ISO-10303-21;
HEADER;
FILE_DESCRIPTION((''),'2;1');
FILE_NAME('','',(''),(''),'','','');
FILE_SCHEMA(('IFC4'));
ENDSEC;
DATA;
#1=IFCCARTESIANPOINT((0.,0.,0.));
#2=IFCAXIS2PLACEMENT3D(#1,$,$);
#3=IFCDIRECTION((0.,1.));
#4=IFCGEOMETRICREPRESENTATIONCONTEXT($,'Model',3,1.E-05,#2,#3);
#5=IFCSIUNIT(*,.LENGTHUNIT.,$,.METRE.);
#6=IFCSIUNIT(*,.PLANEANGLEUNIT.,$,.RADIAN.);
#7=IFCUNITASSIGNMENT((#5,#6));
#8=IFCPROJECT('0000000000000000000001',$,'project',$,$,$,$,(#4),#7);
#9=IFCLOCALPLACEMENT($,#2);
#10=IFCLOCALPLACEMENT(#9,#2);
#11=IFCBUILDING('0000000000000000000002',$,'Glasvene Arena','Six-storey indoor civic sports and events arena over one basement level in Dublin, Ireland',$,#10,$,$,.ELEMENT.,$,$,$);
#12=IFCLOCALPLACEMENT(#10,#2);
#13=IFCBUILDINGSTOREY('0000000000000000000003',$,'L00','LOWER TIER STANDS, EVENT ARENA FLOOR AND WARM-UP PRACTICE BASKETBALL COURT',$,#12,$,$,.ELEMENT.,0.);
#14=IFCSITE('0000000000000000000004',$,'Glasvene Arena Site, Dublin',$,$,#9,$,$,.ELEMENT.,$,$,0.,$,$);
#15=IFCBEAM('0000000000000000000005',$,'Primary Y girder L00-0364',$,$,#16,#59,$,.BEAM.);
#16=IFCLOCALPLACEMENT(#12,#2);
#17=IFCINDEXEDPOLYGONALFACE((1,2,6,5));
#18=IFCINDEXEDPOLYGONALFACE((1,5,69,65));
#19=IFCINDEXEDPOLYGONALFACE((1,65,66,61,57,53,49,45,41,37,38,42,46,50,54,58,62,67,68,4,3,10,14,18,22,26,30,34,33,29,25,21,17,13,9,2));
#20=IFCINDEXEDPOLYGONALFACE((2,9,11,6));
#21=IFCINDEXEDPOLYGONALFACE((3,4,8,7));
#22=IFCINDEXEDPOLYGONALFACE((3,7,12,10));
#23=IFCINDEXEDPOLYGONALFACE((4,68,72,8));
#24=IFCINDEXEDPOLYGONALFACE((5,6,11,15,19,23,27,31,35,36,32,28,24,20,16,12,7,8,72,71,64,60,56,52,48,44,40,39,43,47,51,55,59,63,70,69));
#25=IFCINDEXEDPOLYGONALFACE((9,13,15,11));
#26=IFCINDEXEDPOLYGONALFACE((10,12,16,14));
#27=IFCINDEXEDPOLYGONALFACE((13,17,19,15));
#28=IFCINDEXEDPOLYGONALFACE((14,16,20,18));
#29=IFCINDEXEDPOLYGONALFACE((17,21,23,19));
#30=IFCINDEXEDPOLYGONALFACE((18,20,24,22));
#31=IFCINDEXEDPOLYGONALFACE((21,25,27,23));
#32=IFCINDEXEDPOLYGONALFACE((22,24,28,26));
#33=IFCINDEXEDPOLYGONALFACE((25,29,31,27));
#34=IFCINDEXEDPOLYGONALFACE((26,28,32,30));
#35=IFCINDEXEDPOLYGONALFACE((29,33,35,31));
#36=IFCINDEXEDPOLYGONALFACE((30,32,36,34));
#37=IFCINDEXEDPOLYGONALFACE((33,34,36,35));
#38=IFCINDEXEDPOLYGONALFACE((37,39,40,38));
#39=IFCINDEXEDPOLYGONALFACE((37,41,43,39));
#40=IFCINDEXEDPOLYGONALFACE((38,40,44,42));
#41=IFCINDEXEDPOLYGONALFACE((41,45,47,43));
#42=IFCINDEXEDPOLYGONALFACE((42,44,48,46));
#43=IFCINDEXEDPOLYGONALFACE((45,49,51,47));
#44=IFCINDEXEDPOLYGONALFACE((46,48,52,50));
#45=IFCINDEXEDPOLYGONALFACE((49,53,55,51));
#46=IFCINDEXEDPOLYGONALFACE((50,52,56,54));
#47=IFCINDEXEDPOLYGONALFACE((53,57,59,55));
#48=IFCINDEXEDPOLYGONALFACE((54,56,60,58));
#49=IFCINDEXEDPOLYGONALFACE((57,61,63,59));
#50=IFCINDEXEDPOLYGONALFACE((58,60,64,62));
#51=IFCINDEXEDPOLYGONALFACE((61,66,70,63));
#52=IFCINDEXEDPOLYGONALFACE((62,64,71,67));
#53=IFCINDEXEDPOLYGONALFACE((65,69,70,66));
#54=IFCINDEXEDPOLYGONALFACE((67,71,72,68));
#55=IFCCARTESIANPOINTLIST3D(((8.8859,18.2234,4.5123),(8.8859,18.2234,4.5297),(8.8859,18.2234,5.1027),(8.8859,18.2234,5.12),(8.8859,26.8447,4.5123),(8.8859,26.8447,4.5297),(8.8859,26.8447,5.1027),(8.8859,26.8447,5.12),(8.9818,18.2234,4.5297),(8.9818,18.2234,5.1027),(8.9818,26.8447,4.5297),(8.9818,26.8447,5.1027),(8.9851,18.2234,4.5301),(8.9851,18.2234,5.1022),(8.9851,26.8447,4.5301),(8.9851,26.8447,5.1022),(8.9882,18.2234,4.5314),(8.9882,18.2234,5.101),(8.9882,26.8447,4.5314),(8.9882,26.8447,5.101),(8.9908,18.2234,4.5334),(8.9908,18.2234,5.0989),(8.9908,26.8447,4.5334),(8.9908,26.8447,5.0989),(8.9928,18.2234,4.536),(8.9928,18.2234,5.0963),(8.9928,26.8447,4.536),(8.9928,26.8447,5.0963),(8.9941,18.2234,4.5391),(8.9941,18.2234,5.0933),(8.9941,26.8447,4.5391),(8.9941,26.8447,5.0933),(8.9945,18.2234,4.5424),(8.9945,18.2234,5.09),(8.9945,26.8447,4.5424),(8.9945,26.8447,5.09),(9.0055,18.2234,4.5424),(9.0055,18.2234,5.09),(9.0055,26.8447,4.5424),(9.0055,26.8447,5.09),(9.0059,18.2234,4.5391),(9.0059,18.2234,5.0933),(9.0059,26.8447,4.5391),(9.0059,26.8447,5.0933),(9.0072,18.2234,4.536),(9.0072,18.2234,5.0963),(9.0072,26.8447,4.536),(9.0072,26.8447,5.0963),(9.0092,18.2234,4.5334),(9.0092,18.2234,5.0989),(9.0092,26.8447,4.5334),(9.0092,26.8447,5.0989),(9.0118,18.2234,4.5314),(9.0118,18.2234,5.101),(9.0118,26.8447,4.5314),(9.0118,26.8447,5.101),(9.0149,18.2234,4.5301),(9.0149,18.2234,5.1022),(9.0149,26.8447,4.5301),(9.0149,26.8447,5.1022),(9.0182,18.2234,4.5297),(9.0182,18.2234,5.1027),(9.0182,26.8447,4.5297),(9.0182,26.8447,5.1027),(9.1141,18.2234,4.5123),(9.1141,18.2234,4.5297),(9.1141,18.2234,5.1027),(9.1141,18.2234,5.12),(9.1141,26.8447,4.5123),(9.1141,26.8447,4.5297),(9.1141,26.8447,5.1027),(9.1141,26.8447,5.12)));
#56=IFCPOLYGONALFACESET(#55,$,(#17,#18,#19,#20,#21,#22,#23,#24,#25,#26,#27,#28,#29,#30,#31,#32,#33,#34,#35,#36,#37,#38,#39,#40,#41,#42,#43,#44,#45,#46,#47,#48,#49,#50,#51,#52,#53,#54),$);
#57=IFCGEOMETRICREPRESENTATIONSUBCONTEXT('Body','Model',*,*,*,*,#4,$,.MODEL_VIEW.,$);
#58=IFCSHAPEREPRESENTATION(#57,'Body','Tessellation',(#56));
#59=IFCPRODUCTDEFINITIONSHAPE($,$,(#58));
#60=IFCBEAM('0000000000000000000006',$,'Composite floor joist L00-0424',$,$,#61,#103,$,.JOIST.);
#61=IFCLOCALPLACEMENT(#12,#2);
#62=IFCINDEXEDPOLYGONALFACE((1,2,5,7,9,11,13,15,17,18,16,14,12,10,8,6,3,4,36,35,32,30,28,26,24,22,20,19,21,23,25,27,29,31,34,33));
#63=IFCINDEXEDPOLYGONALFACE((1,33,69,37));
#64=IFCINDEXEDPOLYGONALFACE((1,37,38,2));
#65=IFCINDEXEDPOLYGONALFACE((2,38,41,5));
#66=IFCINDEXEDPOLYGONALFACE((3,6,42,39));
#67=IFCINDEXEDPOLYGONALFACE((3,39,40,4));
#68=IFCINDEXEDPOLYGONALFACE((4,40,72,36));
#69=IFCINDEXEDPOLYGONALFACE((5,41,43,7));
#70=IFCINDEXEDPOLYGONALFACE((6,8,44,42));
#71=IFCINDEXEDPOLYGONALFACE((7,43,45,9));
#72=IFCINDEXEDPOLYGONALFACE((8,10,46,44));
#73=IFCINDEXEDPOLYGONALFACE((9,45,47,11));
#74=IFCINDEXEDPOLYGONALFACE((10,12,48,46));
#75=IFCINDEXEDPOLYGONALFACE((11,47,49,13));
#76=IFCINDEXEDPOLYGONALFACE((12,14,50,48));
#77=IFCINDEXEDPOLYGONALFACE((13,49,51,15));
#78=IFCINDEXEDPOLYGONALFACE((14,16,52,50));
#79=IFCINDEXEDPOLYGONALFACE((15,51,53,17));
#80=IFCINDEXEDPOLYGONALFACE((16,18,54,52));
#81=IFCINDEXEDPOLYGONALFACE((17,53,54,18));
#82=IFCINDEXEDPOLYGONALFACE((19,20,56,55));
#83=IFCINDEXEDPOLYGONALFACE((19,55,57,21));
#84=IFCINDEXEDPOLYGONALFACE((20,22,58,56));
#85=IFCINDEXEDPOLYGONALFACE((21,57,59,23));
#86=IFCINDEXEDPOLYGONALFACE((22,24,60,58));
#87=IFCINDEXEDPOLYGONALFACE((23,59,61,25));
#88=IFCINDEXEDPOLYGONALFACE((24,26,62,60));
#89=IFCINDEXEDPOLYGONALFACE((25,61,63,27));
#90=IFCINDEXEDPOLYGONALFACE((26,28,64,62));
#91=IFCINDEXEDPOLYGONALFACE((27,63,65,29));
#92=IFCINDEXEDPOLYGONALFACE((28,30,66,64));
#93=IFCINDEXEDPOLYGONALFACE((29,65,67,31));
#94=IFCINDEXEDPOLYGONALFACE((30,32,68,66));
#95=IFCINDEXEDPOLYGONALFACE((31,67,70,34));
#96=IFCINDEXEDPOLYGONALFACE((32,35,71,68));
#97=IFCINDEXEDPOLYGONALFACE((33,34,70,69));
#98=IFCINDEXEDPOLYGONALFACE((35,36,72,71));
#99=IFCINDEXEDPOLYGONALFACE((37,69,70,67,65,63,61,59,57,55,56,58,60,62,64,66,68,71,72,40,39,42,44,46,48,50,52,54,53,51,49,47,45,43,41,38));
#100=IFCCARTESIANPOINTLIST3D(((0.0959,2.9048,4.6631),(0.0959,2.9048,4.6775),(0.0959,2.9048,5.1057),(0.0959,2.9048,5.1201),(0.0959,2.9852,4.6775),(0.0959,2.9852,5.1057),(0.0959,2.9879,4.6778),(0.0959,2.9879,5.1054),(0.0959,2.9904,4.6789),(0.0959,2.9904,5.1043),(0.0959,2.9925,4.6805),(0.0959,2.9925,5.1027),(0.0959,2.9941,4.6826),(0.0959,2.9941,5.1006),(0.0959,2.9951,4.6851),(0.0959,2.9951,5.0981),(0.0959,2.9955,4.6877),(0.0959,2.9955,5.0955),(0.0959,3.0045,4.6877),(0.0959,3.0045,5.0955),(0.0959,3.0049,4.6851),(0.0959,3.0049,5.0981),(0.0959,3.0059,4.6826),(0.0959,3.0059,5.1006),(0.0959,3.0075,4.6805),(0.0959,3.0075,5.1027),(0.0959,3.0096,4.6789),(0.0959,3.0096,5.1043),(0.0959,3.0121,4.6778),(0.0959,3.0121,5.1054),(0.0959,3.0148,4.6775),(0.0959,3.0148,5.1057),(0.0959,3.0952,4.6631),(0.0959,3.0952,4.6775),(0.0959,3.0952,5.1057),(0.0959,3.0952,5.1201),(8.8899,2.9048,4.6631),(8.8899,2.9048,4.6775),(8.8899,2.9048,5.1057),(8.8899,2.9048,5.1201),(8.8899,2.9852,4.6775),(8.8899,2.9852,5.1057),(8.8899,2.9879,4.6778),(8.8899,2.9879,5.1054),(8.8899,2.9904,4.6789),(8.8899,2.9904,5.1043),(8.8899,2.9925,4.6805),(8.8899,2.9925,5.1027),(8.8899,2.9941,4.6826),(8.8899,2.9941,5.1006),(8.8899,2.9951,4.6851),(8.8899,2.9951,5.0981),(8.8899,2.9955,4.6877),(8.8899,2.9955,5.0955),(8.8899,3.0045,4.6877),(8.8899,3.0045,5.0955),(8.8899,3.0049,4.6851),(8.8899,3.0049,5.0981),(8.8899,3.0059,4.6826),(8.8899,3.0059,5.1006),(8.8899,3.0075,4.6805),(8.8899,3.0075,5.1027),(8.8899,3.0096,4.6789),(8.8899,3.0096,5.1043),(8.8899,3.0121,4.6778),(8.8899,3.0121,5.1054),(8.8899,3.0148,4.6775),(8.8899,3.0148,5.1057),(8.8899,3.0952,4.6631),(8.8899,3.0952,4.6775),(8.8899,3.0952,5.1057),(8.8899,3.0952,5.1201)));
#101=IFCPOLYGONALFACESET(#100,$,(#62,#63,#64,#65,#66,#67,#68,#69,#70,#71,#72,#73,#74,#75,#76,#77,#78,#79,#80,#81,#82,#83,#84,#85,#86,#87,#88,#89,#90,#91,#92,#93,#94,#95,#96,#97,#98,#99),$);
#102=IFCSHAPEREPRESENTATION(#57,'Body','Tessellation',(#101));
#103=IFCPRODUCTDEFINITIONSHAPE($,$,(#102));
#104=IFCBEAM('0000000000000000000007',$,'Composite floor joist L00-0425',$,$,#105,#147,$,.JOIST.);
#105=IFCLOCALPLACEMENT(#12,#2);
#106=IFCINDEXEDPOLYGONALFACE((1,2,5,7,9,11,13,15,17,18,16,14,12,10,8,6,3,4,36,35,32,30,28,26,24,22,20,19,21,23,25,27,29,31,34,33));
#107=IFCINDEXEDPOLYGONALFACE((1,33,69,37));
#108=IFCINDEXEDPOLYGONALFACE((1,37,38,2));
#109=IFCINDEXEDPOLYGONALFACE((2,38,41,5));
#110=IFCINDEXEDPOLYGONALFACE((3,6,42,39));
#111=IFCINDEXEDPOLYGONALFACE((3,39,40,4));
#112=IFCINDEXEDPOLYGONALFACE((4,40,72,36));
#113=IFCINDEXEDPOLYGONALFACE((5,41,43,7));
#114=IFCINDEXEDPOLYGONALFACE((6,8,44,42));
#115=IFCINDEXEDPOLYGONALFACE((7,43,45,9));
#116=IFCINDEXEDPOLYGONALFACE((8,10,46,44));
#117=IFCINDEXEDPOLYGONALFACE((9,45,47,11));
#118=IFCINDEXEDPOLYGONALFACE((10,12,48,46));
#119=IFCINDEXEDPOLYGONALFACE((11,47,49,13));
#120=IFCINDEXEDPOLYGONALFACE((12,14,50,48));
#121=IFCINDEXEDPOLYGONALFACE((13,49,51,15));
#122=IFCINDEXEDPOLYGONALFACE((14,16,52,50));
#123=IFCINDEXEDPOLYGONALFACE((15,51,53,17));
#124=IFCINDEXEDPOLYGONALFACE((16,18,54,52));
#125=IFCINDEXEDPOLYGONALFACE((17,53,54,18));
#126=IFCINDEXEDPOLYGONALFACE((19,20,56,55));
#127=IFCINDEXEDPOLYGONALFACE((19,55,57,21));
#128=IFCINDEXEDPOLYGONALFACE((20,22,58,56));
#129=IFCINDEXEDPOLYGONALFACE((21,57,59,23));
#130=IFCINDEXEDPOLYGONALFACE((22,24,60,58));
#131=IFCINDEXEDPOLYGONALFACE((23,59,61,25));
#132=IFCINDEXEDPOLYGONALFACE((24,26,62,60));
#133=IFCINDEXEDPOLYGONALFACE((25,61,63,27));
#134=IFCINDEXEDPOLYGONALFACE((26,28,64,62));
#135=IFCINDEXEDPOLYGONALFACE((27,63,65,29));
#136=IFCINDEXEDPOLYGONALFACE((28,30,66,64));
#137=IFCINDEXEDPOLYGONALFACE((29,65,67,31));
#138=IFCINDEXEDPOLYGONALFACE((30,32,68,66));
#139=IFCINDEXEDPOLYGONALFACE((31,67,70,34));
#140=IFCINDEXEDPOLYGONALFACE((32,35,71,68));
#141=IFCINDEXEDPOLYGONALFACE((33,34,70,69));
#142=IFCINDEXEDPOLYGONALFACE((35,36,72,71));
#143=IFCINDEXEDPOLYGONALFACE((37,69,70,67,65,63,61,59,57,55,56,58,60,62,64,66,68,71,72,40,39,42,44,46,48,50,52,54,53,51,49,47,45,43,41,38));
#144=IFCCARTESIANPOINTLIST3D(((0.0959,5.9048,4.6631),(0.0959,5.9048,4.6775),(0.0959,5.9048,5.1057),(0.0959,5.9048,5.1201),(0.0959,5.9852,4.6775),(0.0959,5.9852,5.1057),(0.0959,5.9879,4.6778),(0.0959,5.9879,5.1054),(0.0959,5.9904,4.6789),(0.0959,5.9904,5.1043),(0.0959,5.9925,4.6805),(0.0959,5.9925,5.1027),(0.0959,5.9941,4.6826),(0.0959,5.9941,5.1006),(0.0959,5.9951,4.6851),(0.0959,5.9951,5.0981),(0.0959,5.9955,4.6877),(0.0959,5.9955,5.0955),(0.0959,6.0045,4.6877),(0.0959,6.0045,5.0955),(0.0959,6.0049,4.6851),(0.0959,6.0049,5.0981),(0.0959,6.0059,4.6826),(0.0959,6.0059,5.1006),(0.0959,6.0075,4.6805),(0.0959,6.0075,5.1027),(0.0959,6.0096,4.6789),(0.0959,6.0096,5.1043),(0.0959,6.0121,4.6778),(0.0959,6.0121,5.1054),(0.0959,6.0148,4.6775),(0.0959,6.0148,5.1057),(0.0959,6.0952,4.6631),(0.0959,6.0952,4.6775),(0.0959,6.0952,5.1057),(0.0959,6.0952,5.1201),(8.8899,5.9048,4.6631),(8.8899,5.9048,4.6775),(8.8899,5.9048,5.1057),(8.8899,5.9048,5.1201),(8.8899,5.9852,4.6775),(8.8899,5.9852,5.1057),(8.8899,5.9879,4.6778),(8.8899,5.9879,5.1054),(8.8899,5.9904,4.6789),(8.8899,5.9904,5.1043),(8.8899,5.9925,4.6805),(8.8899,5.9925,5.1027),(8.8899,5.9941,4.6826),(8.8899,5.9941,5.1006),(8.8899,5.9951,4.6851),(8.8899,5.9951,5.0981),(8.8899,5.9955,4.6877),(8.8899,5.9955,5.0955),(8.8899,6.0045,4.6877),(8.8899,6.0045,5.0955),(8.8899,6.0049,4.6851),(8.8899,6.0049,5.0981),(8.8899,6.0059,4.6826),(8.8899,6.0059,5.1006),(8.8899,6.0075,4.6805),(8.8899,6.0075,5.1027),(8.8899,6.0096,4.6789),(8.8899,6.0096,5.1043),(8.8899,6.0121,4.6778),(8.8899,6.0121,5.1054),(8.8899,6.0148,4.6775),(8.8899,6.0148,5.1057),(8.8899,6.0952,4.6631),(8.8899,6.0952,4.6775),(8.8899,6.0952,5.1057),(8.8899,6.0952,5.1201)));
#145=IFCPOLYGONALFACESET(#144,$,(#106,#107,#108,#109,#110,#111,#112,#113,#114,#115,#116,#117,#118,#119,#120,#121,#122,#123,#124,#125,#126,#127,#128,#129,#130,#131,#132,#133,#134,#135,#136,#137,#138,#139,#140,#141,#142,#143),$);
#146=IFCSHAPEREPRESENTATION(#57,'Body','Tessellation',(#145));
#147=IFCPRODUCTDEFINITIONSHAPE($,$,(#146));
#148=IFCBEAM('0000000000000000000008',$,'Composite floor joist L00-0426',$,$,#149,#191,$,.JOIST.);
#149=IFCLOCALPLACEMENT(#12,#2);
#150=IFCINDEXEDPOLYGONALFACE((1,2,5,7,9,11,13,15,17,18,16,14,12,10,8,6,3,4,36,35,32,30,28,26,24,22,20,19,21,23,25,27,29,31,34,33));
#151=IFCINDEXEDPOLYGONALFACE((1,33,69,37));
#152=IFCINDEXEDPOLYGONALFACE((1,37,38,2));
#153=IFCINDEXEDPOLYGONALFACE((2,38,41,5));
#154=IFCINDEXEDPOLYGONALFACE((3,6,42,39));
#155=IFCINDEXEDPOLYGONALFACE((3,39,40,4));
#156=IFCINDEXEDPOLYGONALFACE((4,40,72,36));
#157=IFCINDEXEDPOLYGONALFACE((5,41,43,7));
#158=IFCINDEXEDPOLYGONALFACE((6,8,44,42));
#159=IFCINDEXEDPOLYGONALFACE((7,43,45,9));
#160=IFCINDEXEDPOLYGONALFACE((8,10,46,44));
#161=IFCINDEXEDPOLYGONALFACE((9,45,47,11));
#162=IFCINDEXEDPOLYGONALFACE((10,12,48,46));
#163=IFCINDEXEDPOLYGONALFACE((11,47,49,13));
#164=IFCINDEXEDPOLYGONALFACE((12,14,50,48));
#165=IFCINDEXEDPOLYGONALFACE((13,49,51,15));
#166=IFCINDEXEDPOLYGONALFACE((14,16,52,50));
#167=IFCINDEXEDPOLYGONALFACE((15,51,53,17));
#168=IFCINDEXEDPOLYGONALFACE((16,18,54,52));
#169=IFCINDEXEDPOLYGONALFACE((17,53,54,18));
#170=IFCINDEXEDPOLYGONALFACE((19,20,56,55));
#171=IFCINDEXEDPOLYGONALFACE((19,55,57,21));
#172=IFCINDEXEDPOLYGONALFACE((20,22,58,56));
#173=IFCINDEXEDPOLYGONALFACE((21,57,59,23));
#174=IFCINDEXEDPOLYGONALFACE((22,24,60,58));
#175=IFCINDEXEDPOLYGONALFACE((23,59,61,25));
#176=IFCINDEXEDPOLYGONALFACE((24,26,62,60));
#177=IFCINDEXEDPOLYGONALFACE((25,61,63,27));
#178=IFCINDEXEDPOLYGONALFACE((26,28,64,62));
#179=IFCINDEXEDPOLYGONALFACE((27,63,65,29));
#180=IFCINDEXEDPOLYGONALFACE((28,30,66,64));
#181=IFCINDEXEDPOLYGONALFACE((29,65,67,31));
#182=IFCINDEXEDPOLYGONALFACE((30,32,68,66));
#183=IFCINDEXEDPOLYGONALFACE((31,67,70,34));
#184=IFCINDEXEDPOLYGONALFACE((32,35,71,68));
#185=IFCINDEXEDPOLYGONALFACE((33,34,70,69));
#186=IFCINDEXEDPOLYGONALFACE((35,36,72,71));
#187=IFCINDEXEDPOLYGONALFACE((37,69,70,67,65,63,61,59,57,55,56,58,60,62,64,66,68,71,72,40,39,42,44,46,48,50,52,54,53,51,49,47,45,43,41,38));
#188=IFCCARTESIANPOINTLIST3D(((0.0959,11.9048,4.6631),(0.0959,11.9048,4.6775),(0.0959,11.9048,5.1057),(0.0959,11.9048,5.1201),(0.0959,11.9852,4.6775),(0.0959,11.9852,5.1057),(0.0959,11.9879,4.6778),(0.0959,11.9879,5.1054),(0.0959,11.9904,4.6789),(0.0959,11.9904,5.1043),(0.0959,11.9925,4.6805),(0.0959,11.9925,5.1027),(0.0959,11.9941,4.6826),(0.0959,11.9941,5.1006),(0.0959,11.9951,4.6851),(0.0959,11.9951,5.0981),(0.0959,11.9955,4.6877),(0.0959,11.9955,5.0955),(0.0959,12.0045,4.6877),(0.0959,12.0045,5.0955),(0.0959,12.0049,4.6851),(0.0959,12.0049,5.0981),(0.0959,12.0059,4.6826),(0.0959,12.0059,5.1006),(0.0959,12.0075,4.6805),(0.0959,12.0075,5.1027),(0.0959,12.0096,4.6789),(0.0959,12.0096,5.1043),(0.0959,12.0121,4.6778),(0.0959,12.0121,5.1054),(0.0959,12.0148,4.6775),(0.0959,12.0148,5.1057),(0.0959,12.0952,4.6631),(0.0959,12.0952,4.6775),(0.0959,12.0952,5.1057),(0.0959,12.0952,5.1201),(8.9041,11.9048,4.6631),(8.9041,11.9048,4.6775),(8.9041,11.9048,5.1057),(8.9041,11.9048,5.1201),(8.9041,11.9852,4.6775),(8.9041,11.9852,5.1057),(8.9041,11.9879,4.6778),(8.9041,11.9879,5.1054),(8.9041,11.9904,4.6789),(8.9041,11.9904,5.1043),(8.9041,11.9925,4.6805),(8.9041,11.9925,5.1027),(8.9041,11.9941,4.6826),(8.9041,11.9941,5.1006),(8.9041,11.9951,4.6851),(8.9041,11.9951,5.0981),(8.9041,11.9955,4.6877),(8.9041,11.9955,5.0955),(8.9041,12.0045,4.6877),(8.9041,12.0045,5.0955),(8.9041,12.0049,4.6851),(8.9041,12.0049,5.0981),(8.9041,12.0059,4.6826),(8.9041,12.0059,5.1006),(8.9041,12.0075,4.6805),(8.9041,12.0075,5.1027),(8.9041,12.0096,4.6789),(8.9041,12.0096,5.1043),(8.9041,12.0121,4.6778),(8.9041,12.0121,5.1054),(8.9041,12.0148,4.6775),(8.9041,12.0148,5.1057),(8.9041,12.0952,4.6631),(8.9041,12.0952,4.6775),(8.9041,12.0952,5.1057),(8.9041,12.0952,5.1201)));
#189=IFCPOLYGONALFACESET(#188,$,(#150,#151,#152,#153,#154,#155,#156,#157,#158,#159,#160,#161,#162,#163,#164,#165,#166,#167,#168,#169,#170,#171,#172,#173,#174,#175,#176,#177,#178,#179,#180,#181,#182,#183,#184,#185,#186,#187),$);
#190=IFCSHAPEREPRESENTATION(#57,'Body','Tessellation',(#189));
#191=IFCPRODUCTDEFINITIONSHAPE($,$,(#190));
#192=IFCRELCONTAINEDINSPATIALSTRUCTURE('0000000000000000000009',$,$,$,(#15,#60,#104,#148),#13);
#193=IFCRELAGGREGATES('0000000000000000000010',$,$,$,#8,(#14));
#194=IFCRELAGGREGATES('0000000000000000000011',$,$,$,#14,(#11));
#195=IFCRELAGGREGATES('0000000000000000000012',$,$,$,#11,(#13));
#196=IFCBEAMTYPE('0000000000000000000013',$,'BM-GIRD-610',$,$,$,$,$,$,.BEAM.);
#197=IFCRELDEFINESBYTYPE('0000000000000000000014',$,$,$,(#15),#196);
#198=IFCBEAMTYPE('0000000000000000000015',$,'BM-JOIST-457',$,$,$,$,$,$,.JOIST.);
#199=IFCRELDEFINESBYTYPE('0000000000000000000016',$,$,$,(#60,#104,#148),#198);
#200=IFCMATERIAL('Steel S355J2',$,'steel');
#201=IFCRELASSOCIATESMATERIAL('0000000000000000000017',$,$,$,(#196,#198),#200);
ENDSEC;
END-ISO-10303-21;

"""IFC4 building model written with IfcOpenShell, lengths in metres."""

from ifc_helpers import new_model, si_unit, direction, frame, origin, origin_2d, place, context, subcontext, project, spatial, i_section, extrude, material, material_profile, profile_set, type_object, element, save


model = new_model("IFC4")

# Units and contexts
model_context = context("Model", 3, precision=1e-05, world=origin(), true_north=direction((0.0, 1.0)))
body_context = subcontext(model_context, "Body", "Model", "MODEL_VIEW")
ifc_project = project(units=[si_unit("LENGTHUNIT", "METRE"), si_unit("PLANEANGLEUNIT", "RADIAN")], contexts=[model_context])

# Site, building, storey
site_placement = place(None, origin())
site = spatial("IfcSite", under=ifc_project, at=site_placement, Name="Glasvene Arena Site, Dublin", CompositionType="ELEMENT", RefElevation=0.0)
building_placement = place(site_placement, origin())
building = spatial("IfcBuilding", under=site, at=building_placement, Name="Glasvene Arena", Description="Six-storey indoor civic sports and events arena over one basement level in Dublin, Ireland", CompositionType="ELEMENT")
storey_placement = place(building_placement, origin())
storey = spatial("IfcBuildingStorey", under=building, at=storey_placement, Name="L00", Description="LOWER TIER STANDS, EVENT ARENA FLOOR AND WARM-UP PRACTICE BASKETBALL COURT", CompositionType="ELEMENT", Elevation=0.0)

# Shared definitions
ifc_material_1 = material(Name="Steel S355J2", Category="steel")

# Beams
ifc_material_profile_1 = material_profile(ifc_material_1, i_section(OverallWidth=0.2283, OverallDepth=0.6077, WebThickness=0.011, FlangeThickness=0.0173, FilletRadius=0.0127, at=origin_2d()), Name="UKB 610x229x113")
ifc_profile_set_1 = profile_set([ifc_material_profile_1], Name="Steel S355J2")
beam_type_1 = type_object("IfcBeamType", Name="BM-GIRD-610", PredefinedType="BEAM", material=ifc_profile_set_1)
for number, where, z_axis, x_axis, name in (
    (1, (9.0, 18.2234, 4.8162), (0.0, 1.0, 0.0), (-1.0, 0.0, 0.0), "Primary Y girder L00-0364"),
):
    element("IfcBeam", number, at=place(storey_placement, frame(where, z_axis=z_axis, x_axis=x_axis)), inside=storey, type_object=beam_type_1, Name=name, PredefinedType="BEAM", context=body_context, shape_type="SweptSolid", body=[
        extrude(i_section(OverallWidth=0.2283, OverallDepth=0.6077, WebThickness=0.011, FlangeThickness=0.0173, FilletRadius=0.0127, at=origin_2d()), origin(), (0.0, 0.0, 1.0), 8.6213),
    ])
ifc_material_profile_2 = material_profile(ifc_material_1, i_section(OverallWidth=0.1904, OverallDepth=0.457, WebThickness=0.009, FlangeThickness=0.0144, FilletRadius=0.0103, at=origin_2d()), Name="UKB 457x191x74")
ifc_profile_set_2 = profile_set([ifc_material_profile_2], Name="Steel S355J2")
beam_type_2 = type_object("IfcBeamType", Name="BM-JOIST-457", PredefinedType="JOIST", material=ifc_profile_set_2)
for number, where, z_axis, x_axis, name in (
    (2, (0.0959, 3.0, 4.8916), (1.0, 0.0, 0.0), (0.0, 1.0, 0.0), "Composite floor joist L00-0424"),
    (3, (0.0959, 6.0, 4.8916), (1.0, 0.0, 0.0), (0.0, 1.0, 0.0), "Composite floor joist L00-0425"),
):
    element("IfcBeam", number, at=place(storey_placement, frame(where, z_axis=z_axis, x_axis=x_axis)), inside=storey, type_object=beam_type_2, Name=name, PredefinedType="JOIST", context=body_context, shape_type="SweptSolid", body=[
        extrude(i_section(OverallWidth=0.1904, OverallDepth=0.457, WebThickness=0.009, FlangeThickness=0.0144, FilletRadius=0.0103, at=origin_2d()), origin(), (0.0, 0.0, 1.0), 8.7939),
    ])
for number, where, z_axis, x_axis, name in (
    (4, (0.0959, 12.0, 4.8916), (1.0, 0.0, 0.0), (0.0, 1.0, 0.0), "Composite floor joist L00-0426"),
):
    element("IfcBeam", number, at=place(storey_placement, frame(where, z_axis=z_axis, x_axis=x_axis)), inside=storey, type_object=beam_type_2, Name=name, PredefinedType="JOIST", context=body_context, shape_type="SweptSolid", body=[
        extrude(i_section(OverallWidth=0.1904, OverallDepth=0.457, WebThickness=0.009, FlangeThickness=0.0144, FilletRadius=0.0103, at=origin_2d()), origin(), (0.0, 0.0, 1.0), 8.8081),
    ])

save(model, "model.ifc")
